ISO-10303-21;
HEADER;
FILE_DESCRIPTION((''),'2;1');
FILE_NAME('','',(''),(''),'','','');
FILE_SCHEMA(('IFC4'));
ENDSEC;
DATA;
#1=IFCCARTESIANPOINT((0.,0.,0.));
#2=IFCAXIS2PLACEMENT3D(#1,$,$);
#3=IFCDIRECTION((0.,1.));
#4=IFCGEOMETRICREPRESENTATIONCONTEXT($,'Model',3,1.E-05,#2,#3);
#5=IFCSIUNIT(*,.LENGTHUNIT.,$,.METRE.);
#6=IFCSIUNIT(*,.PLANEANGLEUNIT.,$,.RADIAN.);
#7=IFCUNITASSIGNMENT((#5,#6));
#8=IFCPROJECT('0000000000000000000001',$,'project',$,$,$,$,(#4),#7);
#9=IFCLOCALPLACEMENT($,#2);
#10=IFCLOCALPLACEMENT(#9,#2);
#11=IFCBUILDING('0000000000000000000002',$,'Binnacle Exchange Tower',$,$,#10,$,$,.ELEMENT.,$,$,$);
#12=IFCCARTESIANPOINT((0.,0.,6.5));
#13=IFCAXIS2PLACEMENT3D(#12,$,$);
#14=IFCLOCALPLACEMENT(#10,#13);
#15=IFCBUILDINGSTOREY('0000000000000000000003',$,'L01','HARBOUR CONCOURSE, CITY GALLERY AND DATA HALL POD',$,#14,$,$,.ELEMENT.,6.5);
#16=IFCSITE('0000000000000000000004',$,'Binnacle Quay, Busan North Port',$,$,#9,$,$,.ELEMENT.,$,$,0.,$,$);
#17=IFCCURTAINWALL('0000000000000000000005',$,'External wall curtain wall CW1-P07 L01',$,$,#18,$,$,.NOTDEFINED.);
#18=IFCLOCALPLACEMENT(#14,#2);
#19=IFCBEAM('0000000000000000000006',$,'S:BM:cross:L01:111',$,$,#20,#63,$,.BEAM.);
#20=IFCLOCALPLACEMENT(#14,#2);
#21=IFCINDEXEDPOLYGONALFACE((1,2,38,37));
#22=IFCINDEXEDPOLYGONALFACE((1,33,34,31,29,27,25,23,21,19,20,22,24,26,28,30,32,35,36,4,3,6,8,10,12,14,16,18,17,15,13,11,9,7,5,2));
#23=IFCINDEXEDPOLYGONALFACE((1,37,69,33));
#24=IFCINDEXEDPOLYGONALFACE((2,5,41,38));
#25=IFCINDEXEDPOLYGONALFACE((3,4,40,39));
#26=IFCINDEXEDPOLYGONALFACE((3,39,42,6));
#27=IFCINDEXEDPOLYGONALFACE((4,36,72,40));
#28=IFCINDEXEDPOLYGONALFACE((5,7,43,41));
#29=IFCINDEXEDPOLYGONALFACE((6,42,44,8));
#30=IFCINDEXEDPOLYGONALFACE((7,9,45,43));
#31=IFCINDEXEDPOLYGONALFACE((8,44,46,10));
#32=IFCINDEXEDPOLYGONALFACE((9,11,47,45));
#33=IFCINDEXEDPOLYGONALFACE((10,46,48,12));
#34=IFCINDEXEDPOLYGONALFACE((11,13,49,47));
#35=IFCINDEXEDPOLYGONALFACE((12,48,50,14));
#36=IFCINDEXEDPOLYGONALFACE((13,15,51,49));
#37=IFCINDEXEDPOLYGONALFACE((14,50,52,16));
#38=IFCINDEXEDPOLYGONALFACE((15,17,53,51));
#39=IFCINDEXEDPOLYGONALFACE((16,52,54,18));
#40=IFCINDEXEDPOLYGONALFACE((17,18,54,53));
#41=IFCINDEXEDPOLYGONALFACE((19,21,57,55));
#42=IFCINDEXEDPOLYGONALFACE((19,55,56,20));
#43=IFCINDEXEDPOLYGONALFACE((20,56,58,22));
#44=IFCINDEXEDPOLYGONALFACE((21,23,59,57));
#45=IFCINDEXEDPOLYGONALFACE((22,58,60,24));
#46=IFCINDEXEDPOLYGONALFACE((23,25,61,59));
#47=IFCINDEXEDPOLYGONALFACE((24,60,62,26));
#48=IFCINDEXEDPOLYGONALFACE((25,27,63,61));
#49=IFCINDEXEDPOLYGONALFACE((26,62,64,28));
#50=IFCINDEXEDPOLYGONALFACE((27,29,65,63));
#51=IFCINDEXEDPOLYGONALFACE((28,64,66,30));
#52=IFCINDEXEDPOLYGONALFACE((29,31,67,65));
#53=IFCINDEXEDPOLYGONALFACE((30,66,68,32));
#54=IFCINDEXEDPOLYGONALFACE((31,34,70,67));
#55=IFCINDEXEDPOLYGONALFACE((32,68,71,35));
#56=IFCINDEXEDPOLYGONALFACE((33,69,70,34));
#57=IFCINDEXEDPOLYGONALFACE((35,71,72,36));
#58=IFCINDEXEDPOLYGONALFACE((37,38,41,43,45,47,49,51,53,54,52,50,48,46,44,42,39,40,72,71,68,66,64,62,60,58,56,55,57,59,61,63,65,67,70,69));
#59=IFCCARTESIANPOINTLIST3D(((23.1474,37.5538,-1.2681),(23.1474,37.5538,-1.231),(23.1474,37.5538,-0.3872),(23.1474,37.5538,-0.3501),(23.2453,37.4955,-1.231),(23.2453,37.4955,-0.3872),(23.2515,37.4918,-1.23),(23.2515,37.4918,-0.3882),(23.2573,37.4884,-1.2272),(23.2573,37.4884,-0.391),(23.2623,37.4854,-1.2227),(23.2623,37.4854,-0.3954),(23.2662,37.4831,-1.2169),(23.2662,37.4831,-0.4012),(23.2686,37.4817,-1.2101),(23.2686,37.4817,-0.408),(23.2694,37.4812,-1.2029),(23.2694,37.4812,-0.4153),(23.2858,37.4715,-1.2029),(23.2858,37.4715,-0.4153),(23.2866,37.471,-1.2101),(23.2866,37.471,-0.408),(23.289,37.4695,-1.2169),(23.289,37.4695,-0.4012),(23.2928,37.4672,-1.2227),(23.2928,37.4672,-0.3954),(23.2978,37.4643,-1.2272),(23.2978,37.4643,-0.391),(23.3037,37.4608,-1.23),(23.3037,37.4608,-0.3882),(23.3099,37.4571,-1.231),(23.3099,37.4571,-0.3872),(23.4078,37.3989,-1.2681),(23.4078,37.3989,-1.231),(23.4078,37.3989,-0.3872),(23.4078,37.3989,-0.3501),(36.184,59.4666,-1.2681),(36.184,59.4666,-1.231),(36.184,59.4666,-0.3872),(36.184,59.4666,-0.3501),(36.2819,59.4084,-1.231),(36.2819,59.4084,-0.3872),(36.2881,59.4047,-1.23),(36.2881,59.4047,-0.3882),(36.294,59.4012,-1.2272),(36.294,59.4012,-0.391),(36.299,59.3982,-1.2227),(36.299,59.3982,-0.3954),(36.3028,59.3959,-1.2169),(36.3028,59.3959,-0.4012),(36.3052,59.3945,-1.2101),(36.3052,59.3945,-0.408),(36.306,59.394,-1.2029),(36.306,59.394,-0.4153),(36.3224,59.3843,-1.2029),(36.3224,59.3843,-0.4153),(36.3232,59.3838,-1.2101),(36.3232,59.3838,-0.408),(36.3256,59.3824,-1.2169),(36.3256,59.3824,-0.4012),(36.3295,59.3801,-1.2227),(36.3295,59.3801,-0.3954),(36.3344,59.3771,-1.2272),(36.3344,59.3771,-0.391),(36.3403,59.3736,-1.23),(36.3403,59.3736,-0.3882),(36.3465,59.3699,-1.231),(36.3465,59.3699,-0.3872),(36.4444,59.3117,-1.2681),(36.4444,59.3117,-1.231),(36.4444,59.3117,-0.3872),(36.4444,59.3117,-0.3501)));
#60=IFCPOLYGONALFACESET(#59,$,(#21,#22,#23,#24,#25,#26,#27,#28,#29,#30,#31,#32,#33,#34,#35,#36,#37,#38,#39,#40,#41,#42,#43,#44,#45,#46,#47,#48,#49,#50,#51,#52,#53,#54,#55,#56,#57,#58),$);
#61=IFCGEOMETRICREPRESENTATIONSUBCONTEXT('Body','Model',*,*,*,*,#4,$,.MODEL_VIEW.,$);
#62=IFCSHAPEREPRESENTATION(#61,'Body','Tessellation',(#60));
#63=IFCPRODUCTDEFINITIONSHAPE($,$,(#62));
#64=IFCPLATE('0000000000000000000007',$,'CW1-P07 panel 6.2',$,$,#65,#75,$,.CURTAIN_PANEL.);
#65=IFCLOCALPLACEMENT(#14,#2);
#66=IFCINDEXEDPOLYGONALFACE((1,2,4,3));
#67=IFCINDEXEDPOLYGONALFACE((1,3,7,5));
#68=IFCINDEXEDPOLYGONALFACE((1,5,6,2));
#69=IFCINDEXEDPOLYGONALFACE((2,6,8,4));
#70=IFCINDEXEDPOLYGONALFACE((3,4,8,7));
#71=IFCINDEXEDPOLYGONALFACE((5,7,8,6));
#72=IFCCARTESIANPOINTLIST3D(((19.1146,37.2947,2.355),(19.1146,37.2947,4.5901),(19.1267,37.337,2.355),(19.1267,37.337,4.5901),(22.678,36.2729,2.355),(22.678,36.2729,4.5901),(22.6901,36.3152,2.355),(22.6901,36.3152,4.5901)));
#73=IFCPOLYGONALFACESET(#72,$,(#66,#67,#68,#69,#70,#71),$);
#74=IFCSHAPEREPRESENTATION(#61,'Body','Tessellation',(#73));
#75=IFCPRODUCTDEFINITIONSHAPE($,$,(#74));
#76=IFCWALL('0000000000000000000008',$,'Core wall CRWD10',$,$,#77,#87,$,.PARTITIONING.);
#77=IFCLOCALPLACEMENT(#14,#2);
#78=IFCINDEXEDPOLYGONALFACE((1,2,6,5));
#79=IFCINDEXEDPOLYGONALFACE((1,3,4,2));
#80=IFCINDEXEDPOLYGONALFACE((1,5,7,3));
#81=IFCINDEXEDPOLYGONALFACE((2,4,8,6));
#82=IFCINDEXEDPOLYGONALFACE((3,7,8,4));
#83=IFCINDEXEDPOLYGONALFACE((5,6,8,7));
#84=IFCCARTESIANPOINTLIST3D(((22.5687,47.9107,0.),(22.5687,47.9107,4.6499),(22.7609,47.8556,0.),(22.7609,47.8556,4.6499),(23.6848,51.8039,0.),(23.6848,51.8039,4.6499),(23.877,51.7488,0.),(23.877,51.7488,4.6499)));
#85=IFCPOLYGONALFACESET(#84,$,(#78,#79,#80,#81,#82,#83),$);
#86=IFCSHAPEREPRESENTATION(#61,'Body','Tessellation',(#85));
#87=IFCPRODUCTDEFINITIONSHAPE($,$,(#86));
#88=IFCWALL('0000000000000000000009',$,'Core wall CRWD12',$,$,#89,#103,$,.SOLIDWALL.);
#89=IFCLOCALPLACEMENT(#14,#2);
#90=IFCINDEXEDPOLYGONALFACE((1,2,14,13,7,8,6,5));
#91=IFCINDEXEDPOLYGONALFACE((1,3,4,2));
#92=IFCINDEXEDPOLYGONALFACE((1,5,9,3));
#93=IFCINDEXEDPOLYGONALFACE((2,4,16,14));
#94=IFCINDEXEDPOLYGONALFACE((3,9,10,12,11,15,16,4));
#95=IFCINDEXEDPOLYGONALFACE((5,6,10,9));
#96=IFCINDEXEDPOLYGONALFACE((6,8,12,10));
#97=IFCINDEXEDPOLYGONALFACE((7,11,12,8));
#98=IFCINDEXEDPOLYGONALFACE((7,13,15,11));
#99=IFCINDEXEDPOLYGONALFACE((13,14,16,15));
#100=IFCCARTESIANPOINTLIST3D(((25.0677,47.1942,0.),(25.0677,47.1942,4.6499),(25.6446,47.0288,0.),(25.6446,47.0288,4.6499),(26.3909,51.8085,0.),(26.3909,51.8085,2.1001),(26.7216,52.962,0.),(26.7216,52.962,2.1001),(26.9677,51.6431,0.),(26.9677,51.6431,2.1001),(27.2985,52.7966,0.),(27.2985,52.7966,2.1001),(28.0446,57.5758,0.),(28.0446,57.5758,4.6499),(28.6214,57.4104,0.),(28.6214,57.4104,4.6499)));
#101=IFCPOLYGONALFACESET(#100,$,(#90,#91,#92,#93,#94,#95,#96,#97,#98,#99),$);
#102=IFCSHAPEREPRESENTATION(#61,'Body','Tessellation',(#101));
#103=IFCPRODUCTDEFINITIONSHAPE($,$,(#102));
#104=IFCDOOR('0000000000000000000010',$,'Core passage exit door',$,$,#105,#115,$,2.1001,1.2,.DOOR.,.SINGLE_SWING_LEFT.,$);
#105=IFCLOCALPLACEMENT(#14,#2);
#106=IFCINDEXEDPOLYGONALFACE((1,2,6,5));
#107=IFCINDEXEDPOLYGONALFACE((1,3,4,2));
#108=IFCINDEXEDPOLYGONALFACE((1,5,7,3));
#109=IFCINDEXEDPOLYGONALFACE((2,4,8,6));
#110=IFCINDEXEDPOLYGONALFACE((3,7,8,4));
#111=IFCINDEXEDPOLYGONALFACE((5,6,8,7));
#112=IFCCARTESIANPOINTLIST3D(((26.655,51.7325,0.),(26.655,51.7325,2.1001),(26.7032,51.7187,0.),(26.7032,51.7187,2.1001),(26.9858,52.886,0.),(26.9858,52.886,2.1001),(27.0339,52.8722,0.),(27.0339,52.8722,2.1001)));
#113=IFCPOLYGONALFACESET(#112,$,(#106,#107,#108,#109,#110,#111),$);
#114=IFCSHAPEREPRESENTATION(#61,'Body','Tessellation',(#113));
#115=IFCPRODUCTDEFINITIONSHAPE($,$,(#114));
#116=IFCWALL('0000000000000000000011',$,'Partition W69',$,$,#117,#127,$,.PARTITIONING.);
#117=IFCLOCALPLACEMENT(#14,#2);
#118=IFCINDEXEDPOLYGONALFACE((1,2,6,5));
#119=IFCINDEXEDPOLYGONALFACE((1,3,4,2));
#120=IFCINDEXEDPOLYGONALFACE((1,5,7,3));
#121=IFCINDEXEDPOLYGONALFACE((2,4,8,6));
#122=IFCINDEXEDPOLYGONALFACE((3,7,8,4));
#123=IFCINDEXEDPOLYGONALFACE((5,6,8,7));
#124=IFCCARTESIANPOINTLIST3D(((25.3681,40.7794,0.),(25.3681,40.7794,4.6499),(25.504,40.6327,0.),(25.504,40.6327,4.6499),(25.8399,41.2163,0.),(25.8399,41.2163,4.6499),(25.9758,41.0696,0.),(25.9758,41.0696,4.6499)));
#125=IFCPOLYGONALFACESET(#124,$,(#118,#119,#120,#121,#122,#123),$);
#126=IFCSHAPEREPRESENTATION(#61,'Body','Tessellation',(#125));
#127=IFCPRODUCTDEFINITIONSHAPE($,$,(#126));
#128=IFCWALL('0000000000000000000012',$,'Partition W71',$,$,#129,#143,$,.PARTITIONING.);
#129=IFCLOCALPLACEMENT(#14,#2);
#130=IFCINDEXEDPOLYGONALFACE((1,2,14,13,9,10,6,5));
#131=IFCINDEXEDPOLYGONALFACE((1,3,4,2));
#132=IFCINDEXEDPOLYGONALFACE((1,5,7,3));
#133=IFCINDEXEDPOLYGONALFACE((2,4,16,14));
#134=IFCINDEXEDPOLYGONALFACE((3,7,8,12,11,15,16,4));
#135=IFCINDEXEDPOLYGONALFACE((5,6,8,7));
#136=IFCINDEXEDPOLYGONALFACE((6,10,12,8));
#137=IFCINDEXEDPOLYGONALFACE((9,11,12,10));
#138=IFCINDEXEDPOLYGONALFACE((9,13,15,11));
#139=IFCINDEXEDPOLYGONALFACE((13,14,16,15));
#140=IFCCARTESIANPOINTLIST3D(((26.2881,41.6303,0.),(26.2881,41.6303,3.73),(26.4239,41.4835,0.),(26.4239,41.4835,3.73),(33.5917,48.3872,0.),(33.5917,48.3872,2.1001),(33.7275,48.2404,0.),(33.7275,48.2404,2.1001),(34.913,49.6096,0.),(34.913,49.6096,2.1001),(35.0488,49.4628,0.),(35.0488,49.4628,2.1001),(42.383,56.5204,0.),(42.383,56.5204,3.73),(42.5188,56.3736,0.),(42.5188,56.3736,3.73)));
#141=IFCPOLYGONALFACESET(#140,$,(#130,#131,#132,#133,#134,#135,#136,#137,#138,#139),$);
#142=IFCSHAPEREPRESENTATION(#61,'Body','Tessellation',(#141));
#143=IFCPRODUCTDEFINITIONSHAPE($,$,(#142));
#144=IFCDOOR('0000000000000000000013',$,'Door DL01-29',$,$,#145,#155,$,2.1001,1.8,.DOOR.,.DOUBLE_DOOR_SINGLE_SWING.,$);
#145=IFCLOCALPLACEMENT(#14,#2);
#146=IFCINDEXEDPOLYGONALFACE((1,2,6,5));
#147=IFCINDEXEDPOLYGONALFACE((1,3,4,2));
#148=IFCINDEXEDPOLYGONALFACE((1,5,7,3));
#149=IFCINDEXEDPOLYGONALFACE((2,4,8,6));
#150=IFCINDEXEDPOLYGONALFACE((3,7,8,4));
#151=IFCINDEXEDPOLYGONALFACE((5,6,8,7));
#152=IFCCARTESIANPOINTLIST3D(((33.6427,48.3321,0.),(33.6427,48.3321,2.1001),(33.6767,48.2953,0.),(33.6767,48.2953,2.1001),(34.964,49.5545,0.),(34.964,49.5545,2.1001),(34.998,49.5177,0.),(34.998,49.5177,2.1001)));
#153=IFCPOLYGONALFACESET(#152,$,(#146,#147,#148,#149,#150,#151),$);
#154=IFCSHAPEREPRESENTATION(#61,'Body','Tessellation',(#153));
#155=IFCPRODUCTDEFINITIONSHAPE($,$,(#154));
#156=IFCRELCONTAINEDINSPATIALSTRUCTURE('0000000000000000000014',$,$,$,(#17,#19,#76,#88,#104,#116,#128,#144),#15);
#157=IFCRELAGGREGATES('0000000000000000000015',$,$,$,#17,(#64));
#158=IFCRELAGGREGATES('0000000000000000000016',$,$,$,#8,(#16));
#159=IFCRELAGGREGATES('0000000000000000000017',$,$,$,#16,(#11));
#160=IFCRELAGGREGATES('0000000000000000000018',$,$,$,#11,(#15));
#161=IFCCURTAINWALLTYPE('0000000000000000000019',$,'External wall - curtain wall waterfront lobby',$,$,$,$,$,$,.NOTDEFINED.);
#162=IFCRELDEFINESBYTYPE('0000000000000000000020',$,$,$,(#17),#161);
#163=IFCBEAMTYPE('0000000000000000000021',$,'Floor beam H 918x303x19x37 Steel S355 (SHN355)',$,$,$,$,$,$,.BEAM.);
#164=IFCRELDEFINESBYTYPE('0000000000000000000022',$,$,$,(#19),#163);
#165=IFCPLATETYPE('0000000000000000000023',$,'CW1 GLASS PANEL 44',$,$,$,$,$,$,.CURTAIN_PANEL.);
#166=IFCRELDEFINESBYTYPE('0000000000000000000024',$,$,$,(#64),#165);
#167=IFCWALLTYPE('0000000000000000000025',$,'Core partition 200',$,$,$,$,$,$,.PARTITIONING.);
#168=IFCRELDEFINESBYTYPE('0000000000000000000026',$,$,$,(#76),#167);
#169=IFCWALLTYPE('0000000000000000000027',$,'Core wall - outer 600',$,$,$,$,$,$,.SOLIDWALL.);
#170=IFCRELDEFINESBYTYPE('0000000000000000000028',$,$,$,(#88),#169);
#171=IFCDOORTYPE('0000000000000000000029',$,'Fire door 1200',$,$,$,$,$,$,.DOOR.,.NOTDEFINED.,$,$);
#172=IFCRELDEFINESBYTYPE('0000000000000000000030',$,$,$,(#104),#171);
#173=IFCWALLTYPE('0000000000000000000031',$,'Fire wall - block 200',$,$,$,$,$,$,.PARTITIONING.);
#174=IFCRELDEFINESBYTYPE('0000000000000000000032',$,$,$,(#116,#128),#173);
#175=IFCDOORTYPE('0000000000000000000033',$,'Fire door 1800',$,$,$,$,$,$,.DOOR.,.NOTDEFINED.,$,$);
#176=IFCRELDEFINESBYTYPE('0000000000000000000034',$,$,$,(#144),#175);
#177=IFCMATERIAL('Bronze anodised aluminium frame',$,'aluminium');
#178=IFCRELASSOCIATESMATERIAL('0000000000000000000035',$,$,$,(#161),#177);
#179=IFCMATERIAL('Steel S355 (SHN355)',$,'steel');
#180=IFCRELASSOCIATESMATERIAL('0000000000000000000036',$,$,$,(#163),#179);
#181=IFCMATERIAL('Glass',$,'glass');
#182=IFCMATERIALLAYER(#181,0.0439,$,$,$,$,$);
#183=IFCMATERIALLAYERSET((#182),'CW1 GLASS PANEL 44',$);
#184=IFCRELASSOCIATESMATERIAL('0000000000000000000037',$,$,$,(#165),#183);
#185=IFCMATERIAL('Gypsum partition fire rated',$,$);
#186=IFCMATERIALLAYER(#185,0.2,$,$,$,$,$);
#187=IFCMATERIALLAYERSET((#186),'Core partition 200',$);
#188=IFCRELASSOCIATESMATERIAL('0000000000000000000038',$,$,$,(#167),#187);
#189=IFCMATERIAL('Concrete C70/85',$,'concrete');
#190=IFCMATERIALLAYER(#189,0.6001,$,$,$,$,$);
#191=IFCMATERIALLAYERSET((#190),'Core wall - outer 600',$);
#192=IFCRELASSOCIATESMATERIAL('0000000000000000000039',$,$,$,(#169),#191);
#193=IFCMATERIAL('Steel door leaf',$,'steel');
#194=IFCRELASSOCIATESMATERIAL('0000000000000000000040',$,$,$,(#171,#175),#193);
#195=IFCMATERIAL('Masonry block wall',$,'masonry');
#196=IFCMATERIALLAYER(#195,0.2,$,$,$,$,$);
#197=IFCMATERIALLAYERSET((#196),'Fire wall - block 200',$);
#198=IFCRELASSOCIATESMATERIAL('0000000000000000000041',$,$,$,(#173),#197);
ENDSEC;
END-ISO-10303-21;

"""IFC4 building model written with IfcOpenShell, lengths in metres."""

from ifc_helpers import new_model, si_unit, direction, frame, frame_2d, origin, origin_2d, place, context, subcontext, project, spatial, rectangle, i_section, extrude, material, layer, layer_set, material_profile, profile_set, type_object, element, fill, aggregate, save


model = new_model("IFC4")

# Units and contexts
model_context = context("Model", 3, precision=1e-05, world=origin(), true_north=direction((0.0, 1.0)))
body_context = subcontext(model_context, "Body", "Model", "MODEL_VIEW")
ifc_project = project(units=[si_unit("LENGTHUNIT", "METRE"), si_unit("PLANEANGLEUNIT", "RADIAN")], contexts=[model_context])

# Site, building, storey
site_placement = place(None, origin())
site = spatial("IfcSite", under=ifc_project, at=site_placement, Name="Binnacle Quay, Busan North Port", CompositionType="ELEMENT", RefElevation=0.0)
building_placement = place(site_placement, origin())
building = spatial("IfcBuilding", under=site, at=building_placement, Name="Binnacle Exchange Tower", CompositionType="ELEMENT")
storey_placement = place(building_placement, frame((0.0, 0.0, 6.5)))
storey = spatial("IfcBuildingStorey", under=building, at=storey_placement, Name="L01", Description="HARBOUR CONCOURSE, CITY GALLERY AND DATA HALL POD", CompositionType="ELEMENT", Elevation=6.5)

# Shared definitions
ifc_material_1 = material(Name="Concrete C70/85", Category="concrete")

# Curtain wall
ifc_material_2 = material(Name="Bronze anodised aluminium frame", Category="aluminium")
curtain_wall_type = type_object("IfcCurtainWallType", Name="External wall - curtain wall waterfront lobby", PredefinedType="NOTDEFINED", material=ifc_material_2)
curtain_wall_placement = place(storey_placement, origin())
curtain_wall = element("IfcCurtainWall", 1, at=curtain_wall_placement, inside=storey, type_object=curtain_wall_type, Name="External wall curtain wall CW1-P07 L01", PredefinedType="NOTDEFINED")

# Beam
ifc_material_3 = material(Name="Steel S355 (SHN355)", Category="steel")
ifc_material_profile_1 = material_profile(ifc_material_3, i_section(OverallWidth=0.303, OverallDepth=0.918, WebThickness=0.019, FlangeThickness=0.0371, FilletRadius=0.0281, at=origin_2d()), Name="H 918x303x19x37")
ifc_profile_set_1 = profile_set([ifc_material_profile_1], Name="Steel S355 (SHN355)")
beam_type_1 = type_object("IfcBeamType", Name="Floor beam H 918x303x19x37 Steel S355 (SHN355)", PredefinedType="BEAM", material=ifc_profile_set_1)
beam_1_placement = place(storey_placement, frame((23.2776, 37.4763, -0.8091), z_axis=(0.511289, 0.859409, 0.0), x_axis=(-0.859409, 0.511289, 0.0)))
element("IfcBeam", 2, at=beam_1_placement, inside=storey, type_object=beam_type_1, Name="S:BM:cross:L01:111", PredefinedType="BEAM", context=body_context, shape_type="SweptSolid", body=[
    extrude(i_section(OverallWidth=0.303, OverallDepth=0.918, WebThickness=0.019, FlangeThickness=0.0371, FilletRadius=0.0281, at=origin_2d()), origin(), (0.0, 0.0, 1.0), 25.4976),
])

# Plate
ifc_material_4 = material(Name="Glass", Category="glass")
ifc_layer_1 = layer(ifc_material_4, 0.0439)
ifc_layer_set_1 = layer_set([ifc_layer_1], Name="CW1 GLASS PANEL 44")
plate_type = type_object("IfcPlateType", Name="CW1 GLASS PANEL 44", PredefinedType="CURTAIN_PANEL", material=ifc_layer_set_1)
plate_placement = place(storey_placement, frame((20.9023, 36.8049, 2.355), z_axis=(0.0, 0.0, 1.0), x_axis=(0.961262, -0.275637, 0.0)))
plate = element("IfcPlate", 3, at=plate_placement, type_object=plate_type, Name="CW1-P07 panel 6.2", PredefinedType="CURTAIN_PANEL", context=body_context, shape_type="SweptSolid", body=[
    extrude(rectangle(XDim=3.707, YDim=0.0439, at=origin_2d()), origin(), (0.0, 0.0, 1.0), 2.2351),
])
aggregate(curtain_wall, [plate])

# Wall
ifc_material_5 = material(Name="Gypsum partition fire rated")
ifc_layer_2 = layer(ifc_material_5, 0.2)
ifc_layer_set_2 = layer_set([ifc_layer_2], Name="Core partition 200")
wall_type_1 = type_object("IfcWallType", Name="Core partition 200", PredefinedType="PARTITIONING", material=ifc_layer_set_2)
wall_1_placement = place(storey_placement, frame((22.6648, 47.8833, 0.0), z_axis=(0.0, 0.0, 1.0), x_axis=(0.275597, 0.961273, 0.0)))
element("IfcWall", 4, at=wall_1_placement, inside=storey, type_object=wall_type_1, Name="Core wall CRWD10", PredefinedType="PARTITIONING", context=body_context, shape_type="SweptSolid", body=[
    extrude(rectangle(XDim=4.05, YDim=0.2, at=frame_2d((2.0249, 0.0))), origin(), (0.0, 0.0, 1.0), 4.6499),
])

# Wall, opening, door
ifc_layer_3 = layer(ifc_material_1, 0.6001)
ifc_layer_set_3 = layer_set([ifc_layer_3], Name="Core wall - outer 600")
wall_type_2 = type_object("IfcWallType", Name="Core wall - outer 600", PredefinedType="SOLIDWALL", material=ifc_layer_set_3)
wall_2_placement = place(storey_placement, frame((25.3562, 47.1116, 0.0), z_axis=(0.0, 0.0, 1.0), x_axis=(0.275632, 0.961263, 0.0)))
wall_2 = element("IfcWall", 5, at=wall_2_placement, inside=storey, type_object=wall_type_2, Name="Core wall CRWD12", PredefinedType="SOLIDWALL", context=body_context, shape_type="SweptSolid", body=[
    extrude(rectangle(XDim=10.8, YDim=0.6001, at=frame_2d((5.3999, 0.0))), origin(), (0.0, 0.0, 1.0), 4.6499),
])
opening_1_placement = place(wall_2_placement, frame((4.8, 0.0, 0.0)))
opening_1 = element("IfcOpeningElement", 6, at=opening_1_placement, cuts=wall_2, PredefinedType="OPENING", context=body_context, shape_type="SweptSolid", body=[
    extrude(rectangle(XDim=1.2, YDim=2.1001, at=frame_2d((0.6001, 1.05))), frame((0.0, 0.3101, 0.0), z_axis=(0.0, -1.0, 0.0), x_axis=(1.0, 0.0, 0.0)), (0.0, 0.0, 1.0), 0.6201),
])
ifc_material_6 = material(Name="Steel door leaf", Category="steel")
door_type_1 = type_object("IfcDoorType", Name="Fire door 1200", OperationType="NOTDEFINED", PredefinedType="DOOR", material=ifc_material_6)
door_1_placement = place(opening_1_placement, frame((1.2, 0.0, 0.0), z_axis=(0.0, 0.0, 1.0), x_axis=(-1.0, 0.0, 0.0)))
door_1 = element("IfcDoor", 7, at=door_1_placement, inside=storey, type_object=door_type_1, Name="Core passage exit door", OperationType="SINGLE_SWING_LEFT", OverallHeight=2.1001, OverallWidth=1.2, PredefinedType="DOOR", context=body_context, shape_type="SweptSolid", body=[
    extrude(rectangle(XDim=1.2, YDim=2.1001, at=frame_2d((0.6001, 1.05))), frame((0.0, 0.0249, 0.0), z_axis=(0.0, -1.0, 0.0), x_axis=(1.0, 0.0, 0.0)), (0.0, 0.0, 1.0), 0.05),
])
fill(opening_1, door_1)

# Wall
ifc_material_7 = material(Name="Masonry block wall", Category="masonry")
ifc_layer_4 = layer(ifc_material_7, 0.2)
ifc_layer_set_4 = layer_set([ifc_layer_4], Name="Fire wall - block 200")
wall_type_3 = type_object("IfcWallType", Name="Fire wall - block 200", PredefinedType="PARTITIONING", material=ifc_layer_set_4)
wall_3_placement = place(storey_placement, frame((25.436, 40.7061, 0.0), z_axis=(0.0, 0.0, 1.0), x_axis=(0.733726, 0.679446, 0.0)))
element("IfcWall", 8, at=wall_3_placement, inside=storey, type_object=wall_type_3, Name="Partition W69", PredefinedType="PARTITIONING", context=body_context, shape_type="SweptSolid", body=[
    extrude(rectangle(XDim=0.6431, YDim=0.2, at=frame_2d((0.3215, 0.0))), origin(), (0.0, 0.0, 1.0), 4.6499),
])

# Wall, opening, door
wall_4_placement = place(storey_placement, frame((26.356, 41.5569, 0.0), z_axis=(0.0, 0.0, 1.0), x_axis=(0.734047, 0.679098, 0.0)))
wall_4 = element("IfcWall", 9, at=wall_4_placement, inside=storey, type_object=wall_type_3, Name="Partition W71", PredefinedType="PARTITIONING", context=body_context, shape_type="SweptSolid", body=[
    extrude(rectangle(XDim=21.9263, YDim=0.2, at=frame_2d((10.9631, 0.0))), origin(), (0.0, 0.0, 1.0), 3.73),
])
opening_2_placement = place(wall_4_placement, frame((9.95, 0.0, 0.0)))
opening_2 = element("IfcOpeningElement", 10, at=opening_2_placement, cuts=wall_4, PredefinedType="OPENING", context=body_context, shape_type="SweptSolid", body=[
    extrude(rectangle(XDim=1.8, YDim=2.1001, at=frame_2d((0.8999, 1.05))), frame((0.0, 0.1099, 0.0), z_axis=(0.0, -1.0, 0.0), x_axis=(1.0, 0.0, 0.0)), (0.0, 0.0, 1.0), 0.22),
])
door_type_2 = type_object("IfcDoorType", Name="Fire door 1800", OperationType="NOTDEFINED", PredefinedType="DOOR", material=ifc_material_6)
door_2_placement = place(opening_2_placement, origin())
door_2 = element("IfcDoor", 11, at=door_2_placement, inside=storey, type_object=door_type_2, Name="Door DL01-29", OperationType="DOUBLE_DOOR_SINGLE_SWING", OverallHeight=2.1001, OverallWidth=1.8, PredefinedType="DOOR", context=body_context, shape_type="SweptSolid", body=[
    extrude(rectangle(XDim=1.8, YDim=2.1001, at=frame_2d((0.8999, 1.05))), frame((0.0, 0.0249, 0.0), z_axis=(0.0, -1.0, 0.0), x_axis=(1.0, 0.0, 0.0)), (0.0, 0.0, 1.0), 0.05),
])
fill(opening_2, door_2)

save(model, "model.ifc")
